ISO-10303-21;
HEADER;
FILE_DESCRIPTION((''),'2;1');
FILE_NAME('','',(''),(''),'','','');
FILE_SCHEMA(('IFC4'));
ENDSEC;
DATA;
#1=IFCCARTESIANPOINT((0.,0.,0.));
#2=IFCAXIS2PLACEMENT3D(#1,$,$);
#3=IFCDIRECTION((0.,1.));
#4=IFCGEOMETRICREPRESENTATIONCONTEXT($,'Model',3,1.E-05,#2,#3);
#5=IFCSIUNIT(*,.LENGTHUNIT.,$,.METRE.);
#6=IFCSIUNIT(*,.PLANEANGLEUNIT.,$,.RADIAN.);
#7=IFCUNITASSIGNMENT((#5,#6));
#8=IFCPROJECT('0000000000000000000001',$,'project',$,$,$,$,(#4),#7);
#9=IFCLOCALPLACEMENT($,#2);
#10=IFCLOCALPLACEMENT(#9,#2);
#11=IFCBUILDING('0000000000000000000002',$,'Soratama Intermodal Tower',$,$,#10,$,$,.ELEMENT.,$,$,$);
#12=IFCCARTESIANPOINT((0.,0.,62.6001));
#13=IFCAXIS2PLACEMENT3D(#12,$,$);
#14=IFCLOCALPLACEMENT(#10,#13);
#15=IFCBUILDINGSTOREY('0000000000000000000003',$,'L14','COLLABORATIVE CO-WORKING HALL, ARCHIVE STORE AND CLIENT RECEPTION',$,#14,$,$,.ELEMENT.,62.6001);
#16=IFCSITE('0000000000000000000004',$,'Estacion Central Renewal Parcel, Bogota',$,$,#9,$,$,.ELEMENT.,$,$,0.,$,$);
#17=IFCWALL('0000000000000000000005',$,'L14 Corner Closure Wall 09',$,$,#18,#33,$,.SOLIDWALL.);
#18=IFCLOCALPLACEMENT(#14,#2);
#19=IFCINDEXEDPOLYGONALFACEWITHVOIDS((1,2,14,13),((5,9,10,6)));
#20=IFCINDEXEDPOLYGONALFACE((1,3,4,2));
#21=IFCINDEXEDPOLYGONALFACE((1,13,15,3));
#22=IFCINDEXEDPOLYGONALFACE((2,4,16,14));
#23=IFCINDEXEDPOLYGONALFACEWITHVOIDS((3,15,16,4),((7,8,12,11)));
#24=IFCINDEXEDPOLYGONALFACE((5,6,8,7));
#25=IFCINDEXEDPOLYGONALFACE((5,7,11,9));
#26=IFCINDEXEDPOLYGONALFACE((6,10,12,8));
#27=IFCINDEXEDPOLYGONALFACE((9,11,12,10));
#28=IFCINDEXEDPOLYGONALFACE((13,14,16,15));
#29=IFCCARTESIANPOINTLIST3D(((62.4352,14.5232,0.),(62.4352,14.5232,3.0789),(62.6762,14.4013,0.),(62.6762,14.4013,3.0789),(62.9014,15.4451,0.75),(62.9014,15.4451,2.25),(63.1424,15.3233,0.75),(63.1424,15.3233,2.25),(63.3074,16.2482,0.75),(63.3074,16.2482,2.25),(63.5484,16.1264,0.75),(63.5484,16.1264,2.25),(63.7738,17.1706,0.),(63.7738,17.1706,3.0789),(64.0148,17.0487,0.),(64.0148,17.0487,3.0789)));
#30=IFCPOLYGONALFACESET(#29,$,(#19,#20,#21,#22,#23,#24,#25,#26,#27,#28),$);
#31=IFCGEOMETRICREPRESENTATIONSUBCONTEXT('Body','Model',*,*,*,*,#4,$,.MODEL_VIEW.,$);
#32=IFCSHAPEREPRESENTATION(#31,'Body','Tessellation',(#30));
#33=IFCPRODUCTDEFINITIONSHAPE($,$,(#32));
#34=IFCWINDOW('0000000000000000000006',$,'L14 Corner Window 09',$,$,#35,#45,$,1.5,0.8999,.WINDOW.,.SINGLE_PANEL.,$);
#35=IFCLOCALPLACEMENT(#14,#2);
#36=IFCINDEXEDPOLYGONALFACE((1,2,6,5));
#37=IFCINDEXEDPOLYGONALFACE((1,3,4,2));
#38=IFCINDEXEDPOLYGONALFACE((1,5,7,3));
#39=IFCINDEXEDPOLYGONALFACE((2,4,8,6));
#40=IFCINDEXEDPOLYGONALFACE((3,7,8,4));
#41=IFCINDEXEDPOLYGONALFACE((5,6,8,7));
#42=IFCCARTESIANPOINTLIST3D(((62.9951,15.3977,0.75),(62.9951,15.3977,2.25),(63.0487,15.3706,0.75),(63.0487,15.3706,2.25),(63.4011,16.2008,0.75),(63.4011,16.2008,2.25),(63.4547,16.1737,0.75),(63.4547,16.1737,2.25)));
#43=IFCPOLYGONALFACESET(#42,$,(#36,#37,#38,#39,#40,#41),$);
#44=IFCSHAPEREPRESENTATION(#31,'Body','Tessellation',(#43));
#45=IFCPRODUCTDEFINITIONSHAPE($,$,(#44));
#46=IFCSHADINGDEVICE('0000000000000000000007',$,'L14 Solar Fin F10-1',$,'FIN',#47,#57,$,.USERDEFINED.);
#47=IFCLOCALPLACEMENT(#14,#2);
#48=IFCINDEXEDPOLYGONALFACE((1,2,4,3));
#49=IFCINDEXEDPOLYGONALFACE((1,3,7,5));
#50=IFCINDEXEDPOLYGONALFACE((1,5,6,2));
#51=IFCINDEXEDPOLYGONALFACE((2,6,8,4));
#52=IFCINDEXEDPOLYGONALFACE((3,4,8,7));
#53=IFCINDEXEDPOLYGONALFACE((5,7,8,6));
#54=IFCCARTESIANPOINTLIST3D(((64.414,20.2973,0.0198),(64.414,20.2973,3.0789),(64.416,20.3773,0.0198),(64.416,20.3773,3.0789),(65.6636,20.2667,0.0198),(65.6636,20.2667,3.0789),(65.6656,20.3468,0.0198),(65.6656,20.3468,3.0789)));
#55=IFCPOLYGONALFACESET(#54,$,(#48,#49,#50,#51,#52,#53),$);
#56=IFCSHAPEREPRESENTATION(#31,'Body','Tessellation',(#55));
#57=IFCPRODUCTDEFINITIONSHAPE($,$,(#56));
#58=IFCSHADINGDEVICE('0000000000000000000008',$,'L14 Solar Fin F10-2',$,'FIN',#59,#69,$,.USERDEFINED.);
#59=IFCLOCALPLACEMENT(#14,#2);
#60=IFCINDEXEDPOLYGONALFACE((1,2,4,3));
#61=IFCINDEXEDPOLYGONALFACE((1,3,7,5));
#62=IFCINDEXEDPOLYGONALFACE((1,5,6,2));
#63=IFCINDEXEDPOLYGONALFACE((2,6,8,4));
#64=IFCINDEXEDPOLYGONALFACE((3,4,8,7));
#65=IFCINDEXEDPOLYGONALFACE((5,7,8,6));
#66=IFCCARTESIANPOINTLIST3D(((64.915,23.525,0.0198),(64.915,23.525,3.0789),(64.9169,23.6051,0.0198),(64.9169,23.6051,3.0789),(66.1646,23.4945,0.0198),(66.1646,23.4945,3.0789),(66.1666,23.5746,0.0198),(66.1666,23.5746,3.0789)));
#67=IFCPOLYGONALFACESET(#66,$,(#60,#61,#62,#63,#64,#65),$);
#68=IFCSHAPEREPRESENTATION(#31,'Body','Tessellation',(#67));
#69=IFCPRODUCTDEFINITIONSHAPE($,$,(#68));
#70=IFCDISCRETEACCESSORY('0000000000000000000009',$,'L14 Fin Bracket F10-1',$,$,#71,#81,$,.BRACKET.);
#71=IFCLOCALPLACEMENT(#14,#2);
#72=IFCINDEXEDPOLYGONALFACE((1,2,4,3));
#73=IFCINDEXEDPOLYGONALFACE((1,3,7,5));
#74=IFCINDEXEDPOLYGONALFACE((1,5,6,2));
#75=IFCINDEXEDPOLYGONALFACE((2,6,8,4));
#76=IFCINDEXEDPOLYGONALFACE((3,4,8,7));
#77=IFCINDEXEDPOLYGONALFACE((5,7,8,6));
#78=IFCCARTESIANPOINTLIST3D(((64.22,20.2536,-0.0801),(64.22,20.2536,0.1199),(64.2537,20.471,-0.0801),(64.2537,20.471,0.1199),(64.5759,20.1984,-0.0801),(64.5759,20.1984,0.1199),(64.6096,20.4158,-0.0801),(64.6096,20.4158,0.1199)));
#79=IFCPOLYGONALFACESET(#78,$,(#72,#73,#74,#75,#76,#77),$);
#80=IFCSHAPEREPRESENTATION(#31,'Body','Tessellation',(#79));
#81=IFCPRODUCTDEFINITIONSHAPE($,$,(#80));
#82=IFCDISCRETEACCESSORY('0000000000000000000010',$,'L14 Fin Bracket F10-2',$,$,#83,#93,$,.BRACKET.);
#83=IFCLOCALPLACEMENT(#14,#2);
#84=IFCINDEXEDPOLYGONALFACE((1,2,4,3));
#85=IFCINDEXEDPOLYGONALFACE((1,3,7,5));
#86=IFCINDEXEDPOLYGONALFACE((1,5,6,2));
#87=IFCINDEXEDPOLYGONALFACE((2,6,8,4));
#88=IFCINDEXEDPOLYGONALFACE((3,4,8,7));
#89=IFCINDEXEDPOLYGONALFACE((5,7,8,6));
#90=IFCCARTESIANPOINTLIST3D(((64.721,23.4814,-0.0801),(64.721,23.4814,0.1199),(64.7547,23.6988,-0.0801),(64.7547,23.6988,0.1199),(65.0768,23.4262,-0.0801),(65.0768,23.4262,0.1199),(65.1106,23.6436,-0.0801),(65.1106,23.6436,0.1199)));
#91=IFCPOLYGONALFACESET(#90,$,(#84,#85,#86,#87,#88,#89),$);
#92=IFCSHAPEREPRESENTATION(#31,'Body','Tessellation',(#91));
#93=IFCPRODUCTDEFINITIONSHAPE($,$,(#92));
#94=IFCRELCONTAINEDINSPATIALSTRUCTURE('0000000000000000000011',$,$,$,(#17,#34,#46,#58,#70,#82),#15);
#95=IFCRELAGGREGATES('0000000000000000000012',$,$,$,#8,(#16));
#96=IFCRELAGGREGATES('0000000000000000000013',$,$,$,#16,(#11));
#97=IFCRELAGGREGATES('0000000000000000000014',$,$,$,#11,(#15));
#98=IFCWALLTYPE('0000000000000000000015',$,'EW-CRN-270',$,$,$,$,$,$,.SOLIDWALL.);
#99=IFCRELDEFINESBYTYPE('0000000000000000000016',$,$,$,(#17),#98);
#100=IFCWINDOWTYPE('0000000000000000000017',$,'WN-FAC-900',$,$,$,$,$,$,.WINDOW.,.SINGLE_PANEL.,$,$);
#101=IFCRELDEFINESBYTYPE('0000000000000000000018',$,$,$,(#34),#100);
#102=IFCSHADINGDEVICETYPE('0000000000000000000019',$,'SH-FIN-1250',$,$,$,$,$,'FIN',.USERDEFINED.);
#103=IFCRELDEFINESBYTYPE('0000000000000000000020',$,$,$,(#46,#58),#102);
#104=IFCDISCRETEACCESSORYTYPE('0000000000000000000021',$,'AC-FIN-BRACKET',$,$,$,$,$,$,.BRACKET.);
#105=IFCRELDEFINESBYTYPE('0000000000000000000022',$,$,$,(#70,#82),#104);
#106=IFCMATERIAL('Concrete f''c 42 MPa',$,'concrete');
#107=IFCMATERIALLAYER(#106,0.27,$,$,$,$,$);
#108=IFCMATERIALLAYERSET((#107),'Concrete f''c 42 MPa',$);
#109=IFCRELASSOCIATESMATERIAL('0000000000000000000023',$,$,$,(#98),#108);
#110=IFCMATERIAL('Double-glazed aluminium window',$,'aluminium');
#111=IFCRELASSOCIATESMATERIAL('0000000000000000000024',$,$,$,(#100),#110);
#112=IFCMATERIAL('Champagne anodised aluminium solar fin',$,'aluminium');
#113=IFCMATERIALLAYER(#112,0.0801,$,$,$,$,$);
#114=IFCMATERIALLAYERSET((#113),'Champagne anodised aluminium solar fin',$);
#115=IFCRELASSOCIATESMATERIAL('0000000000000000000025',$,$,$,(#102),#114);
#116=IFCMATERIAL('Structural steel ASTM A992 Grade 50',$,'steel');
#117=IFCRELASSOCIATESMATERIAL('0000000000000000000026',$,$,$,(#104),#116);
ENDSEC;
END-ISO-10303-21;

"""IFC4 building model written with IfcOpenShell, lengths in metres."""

from ifc_helpers import new_model, si_unit, direction, frame, frame_2d, origin, origin_2d, place, context, subcontext, project, spatial, rectangle, extrude, material, layer, layer_set, type_object, element, fill, save


model = new_model("IFC4")

# Units and contexts
model_context = context("Model", 3, precision=1e-05, world=origin(), true_north=direction((0.0, 1.0)))
body_context = subcontext(model_context, "Body", "Model", "MODEL_VIEW")
ifc_project = project(units=[si_unit("LENGTHUNIT", "METRE"), si_unit("PLANEANGLEUNIT", "RADIAN")], contexts=[model_context])

# Site, building, storey
site_placement = place(None, origin())
site = spatial("IfcSite", under=ifc_project, at=site_placement, Name="Estacion Central Renewal Parcel, Bogota", CompositionType="ELEMENT", RefElevation=0.0)
building_placement = place(site_placement, origin())
building = spatial("IfcBuilding", under=site, at=building_placement, Name="Soratama Intermodal Tower", CompositionType="ELEMENT")
storey_placement = place(building_placement, frame((0.0, 0.0, 62.6001)))
storey = spatial("IfcBuildingStorey", under=building, at=storey_placement, Name="L14", Description="COLLABORATIVE CO-WORKING HALL, ARCHIVE STORE AND CLIENT RECEPTION", CompositionType="ELEMENT", Elevation=62.6001)

# Wall, opening, window
ifc_material_1 = material(Name="Concrete f'c 42 MPa", Category="concrete")
ifc_layer_1 = layer(ifc_material_1, 0.27)
ifc_layer_set_1 = layer_set([ifc_layer_1], Name="Concrete f'c 42 MPa")
wall_type = type_object("IfcWallType", Name="EW-CRN-270", PredefinedType="SOLIDWALL", material=ifc_layer_set_1)
wall_placement = place(storey_placement, frame((62.5557, 14.4622, 0.0), z_axis=(0.0, 0.0, 1.0), x_axis=(0.451225, 0.89241, 0.0)))
wall = element("IfcWall", 1, at=wall_placement, inside=storey, type_object=wall_type, Name="L14 Corner Closure Wall 09", PredefinedType="SOLIDWALL", context=body_context, shape_type="SweptSolid", body=[
    extrude(rectangle(XDim=2.9666, YDim=0.27, at=frame_2d((1.4834, 0.0))), origin(), (0.0, 0.0, 1.0), 3.0789),
])
opening_placement = place(wall_placement, frame((1.0332, 0.0, 0.75)))
opening = element("IfcOpeningElement", 2, at=opening_placement, cuts=wall, PredefinedType="OPENING", context=body_context, shape_type="SweptSolid", body=[
    extrude(rectangle(XDim=0.8999, YDim=1.5, at=frame_2d((0.45, 0.75))), frame((0.0, 0.145, 0.0), z_axis=(0.0, -1.0, 0.0), x_axis=(1.0, 0.0, 0.0)), (0.0, 0.0, 1.0), 0.29),
])
ifc_material_2 = material(Name="Double-glazed aluminium window", Category="aluminium")
window_type = type_object("IfcWindowType", Name="WN-FAC-900", PartitioningType="SINGLE_PANEL", PredefinedType="WINDOW", material=ifc_material_2)
window_placement = place(opening_placement, origin())
window = element("IfcWindow", 3, at=window_placement, inside=storey, type_object=window_type, Name="L14 Corner Window 09", OverallHeight=1.5, OverallWidth=0.8999, PartitioningType="SINGLE_PANEL", PredefinedType="WINDOW", context=body_context, shape_type="SweptSolid", body=[
    extrude(rectangle(XDim=0.8999, YDim=1.5, at=frame_2d((0.45, 0.75))), frame((0.0, 0.03, 0.0), z_axis=(0.0, -1.0, 0.0), x_axis=(1.0, 0.0, 0.0)), (0.0, 0.0, 1.0), 0.0601),
])
fill(opening, window)

# Shading devices
ifc_material_3 = material(Name="Champagne anodised aluminium solar fin", Category="aluminium")
ifc_layer_2 = layer(ifc_material_3, 0.0801)
ifc_layer_set_2 = layer_set([ifc_layer_2], Name="Champagne anodised aluminium solar fin")
shading_device_type = type_object("IfcShadingDeviceType", Name="SH-FIN-1250", ElementType="FIN", PredefinedType="USERDEFINED", material=ifc_layer_set_2)
for number, where, z_axis, x_axis, name in (
    (4, (65.0398, 20.322, 0.0198), (0.0, 0.0, 1.0), (0.999701, -0.024432, 0.0), "L14 Solar Fin F10-1"),
    (5, (65.5408, 23.5498, 0.0198), (0.0, 0.0, 1.0), (0.999701, -0.024432, 0.0), "L14 Solar Fin F10-2"),
):
    element("IfcShadingDevice", number, at=place(storey_placement, frame(where, z_axis=z_axis, x_axis=x_axis)), inside=storey, type_object=shading_device_type, Name=name, ObjectType="FIN", PredefinedType="USERDEFINED", context=body_context, shape_type="SweptSolid", body=[
        extrude(rectangle(XDim=1.25, YDim=0.0801, at=origin_2d()), origin(), (0.0, 0.0, 1.0), 3.0591),
    ])

# Discrete accessories
ifc_material_4 = material(Name="Structural steel ASTM A992 Grade 50", Category="steel")
discrete_accessory_type = type_object("IfcDiscreteAccessoryType", Name="AC-FIN-BRACKET", PredefinedType="BRACKET", material=ifc_material_4)
for number, where, z_axis, x_axis, name in (
    (6, (64.4148, 20.3347, -0.0801), (0.0, 0.0, 1.0), (0.988175, -0.153331, 0.0), "L14 Fin Bracket F10-1"),
    (7, (64.9158, 23.5625, -0.0801), (0.0, 0.0, 1.0), (0.988175, -0.153331, 0.0), "L14 Fin Bracket F10-2"),
):
    element("IfcDiscreteAccessory", number, at=place(storey_placement, frame(where, z_axis=z_axis, x_axis=x_axis)), inside=storey, type_object=discrete_accessory_type, Name=name, PredefinedType="BRACKET", context=body_context, shape_type="SweptSolid", body=[
        extrude(rectangle(XDim=0.3601, YDim=0.22, at=origin_2d()), origin(), (0.0, 0.0, 1.0), 0.2),
    ])

save(model, "model.ifc")
